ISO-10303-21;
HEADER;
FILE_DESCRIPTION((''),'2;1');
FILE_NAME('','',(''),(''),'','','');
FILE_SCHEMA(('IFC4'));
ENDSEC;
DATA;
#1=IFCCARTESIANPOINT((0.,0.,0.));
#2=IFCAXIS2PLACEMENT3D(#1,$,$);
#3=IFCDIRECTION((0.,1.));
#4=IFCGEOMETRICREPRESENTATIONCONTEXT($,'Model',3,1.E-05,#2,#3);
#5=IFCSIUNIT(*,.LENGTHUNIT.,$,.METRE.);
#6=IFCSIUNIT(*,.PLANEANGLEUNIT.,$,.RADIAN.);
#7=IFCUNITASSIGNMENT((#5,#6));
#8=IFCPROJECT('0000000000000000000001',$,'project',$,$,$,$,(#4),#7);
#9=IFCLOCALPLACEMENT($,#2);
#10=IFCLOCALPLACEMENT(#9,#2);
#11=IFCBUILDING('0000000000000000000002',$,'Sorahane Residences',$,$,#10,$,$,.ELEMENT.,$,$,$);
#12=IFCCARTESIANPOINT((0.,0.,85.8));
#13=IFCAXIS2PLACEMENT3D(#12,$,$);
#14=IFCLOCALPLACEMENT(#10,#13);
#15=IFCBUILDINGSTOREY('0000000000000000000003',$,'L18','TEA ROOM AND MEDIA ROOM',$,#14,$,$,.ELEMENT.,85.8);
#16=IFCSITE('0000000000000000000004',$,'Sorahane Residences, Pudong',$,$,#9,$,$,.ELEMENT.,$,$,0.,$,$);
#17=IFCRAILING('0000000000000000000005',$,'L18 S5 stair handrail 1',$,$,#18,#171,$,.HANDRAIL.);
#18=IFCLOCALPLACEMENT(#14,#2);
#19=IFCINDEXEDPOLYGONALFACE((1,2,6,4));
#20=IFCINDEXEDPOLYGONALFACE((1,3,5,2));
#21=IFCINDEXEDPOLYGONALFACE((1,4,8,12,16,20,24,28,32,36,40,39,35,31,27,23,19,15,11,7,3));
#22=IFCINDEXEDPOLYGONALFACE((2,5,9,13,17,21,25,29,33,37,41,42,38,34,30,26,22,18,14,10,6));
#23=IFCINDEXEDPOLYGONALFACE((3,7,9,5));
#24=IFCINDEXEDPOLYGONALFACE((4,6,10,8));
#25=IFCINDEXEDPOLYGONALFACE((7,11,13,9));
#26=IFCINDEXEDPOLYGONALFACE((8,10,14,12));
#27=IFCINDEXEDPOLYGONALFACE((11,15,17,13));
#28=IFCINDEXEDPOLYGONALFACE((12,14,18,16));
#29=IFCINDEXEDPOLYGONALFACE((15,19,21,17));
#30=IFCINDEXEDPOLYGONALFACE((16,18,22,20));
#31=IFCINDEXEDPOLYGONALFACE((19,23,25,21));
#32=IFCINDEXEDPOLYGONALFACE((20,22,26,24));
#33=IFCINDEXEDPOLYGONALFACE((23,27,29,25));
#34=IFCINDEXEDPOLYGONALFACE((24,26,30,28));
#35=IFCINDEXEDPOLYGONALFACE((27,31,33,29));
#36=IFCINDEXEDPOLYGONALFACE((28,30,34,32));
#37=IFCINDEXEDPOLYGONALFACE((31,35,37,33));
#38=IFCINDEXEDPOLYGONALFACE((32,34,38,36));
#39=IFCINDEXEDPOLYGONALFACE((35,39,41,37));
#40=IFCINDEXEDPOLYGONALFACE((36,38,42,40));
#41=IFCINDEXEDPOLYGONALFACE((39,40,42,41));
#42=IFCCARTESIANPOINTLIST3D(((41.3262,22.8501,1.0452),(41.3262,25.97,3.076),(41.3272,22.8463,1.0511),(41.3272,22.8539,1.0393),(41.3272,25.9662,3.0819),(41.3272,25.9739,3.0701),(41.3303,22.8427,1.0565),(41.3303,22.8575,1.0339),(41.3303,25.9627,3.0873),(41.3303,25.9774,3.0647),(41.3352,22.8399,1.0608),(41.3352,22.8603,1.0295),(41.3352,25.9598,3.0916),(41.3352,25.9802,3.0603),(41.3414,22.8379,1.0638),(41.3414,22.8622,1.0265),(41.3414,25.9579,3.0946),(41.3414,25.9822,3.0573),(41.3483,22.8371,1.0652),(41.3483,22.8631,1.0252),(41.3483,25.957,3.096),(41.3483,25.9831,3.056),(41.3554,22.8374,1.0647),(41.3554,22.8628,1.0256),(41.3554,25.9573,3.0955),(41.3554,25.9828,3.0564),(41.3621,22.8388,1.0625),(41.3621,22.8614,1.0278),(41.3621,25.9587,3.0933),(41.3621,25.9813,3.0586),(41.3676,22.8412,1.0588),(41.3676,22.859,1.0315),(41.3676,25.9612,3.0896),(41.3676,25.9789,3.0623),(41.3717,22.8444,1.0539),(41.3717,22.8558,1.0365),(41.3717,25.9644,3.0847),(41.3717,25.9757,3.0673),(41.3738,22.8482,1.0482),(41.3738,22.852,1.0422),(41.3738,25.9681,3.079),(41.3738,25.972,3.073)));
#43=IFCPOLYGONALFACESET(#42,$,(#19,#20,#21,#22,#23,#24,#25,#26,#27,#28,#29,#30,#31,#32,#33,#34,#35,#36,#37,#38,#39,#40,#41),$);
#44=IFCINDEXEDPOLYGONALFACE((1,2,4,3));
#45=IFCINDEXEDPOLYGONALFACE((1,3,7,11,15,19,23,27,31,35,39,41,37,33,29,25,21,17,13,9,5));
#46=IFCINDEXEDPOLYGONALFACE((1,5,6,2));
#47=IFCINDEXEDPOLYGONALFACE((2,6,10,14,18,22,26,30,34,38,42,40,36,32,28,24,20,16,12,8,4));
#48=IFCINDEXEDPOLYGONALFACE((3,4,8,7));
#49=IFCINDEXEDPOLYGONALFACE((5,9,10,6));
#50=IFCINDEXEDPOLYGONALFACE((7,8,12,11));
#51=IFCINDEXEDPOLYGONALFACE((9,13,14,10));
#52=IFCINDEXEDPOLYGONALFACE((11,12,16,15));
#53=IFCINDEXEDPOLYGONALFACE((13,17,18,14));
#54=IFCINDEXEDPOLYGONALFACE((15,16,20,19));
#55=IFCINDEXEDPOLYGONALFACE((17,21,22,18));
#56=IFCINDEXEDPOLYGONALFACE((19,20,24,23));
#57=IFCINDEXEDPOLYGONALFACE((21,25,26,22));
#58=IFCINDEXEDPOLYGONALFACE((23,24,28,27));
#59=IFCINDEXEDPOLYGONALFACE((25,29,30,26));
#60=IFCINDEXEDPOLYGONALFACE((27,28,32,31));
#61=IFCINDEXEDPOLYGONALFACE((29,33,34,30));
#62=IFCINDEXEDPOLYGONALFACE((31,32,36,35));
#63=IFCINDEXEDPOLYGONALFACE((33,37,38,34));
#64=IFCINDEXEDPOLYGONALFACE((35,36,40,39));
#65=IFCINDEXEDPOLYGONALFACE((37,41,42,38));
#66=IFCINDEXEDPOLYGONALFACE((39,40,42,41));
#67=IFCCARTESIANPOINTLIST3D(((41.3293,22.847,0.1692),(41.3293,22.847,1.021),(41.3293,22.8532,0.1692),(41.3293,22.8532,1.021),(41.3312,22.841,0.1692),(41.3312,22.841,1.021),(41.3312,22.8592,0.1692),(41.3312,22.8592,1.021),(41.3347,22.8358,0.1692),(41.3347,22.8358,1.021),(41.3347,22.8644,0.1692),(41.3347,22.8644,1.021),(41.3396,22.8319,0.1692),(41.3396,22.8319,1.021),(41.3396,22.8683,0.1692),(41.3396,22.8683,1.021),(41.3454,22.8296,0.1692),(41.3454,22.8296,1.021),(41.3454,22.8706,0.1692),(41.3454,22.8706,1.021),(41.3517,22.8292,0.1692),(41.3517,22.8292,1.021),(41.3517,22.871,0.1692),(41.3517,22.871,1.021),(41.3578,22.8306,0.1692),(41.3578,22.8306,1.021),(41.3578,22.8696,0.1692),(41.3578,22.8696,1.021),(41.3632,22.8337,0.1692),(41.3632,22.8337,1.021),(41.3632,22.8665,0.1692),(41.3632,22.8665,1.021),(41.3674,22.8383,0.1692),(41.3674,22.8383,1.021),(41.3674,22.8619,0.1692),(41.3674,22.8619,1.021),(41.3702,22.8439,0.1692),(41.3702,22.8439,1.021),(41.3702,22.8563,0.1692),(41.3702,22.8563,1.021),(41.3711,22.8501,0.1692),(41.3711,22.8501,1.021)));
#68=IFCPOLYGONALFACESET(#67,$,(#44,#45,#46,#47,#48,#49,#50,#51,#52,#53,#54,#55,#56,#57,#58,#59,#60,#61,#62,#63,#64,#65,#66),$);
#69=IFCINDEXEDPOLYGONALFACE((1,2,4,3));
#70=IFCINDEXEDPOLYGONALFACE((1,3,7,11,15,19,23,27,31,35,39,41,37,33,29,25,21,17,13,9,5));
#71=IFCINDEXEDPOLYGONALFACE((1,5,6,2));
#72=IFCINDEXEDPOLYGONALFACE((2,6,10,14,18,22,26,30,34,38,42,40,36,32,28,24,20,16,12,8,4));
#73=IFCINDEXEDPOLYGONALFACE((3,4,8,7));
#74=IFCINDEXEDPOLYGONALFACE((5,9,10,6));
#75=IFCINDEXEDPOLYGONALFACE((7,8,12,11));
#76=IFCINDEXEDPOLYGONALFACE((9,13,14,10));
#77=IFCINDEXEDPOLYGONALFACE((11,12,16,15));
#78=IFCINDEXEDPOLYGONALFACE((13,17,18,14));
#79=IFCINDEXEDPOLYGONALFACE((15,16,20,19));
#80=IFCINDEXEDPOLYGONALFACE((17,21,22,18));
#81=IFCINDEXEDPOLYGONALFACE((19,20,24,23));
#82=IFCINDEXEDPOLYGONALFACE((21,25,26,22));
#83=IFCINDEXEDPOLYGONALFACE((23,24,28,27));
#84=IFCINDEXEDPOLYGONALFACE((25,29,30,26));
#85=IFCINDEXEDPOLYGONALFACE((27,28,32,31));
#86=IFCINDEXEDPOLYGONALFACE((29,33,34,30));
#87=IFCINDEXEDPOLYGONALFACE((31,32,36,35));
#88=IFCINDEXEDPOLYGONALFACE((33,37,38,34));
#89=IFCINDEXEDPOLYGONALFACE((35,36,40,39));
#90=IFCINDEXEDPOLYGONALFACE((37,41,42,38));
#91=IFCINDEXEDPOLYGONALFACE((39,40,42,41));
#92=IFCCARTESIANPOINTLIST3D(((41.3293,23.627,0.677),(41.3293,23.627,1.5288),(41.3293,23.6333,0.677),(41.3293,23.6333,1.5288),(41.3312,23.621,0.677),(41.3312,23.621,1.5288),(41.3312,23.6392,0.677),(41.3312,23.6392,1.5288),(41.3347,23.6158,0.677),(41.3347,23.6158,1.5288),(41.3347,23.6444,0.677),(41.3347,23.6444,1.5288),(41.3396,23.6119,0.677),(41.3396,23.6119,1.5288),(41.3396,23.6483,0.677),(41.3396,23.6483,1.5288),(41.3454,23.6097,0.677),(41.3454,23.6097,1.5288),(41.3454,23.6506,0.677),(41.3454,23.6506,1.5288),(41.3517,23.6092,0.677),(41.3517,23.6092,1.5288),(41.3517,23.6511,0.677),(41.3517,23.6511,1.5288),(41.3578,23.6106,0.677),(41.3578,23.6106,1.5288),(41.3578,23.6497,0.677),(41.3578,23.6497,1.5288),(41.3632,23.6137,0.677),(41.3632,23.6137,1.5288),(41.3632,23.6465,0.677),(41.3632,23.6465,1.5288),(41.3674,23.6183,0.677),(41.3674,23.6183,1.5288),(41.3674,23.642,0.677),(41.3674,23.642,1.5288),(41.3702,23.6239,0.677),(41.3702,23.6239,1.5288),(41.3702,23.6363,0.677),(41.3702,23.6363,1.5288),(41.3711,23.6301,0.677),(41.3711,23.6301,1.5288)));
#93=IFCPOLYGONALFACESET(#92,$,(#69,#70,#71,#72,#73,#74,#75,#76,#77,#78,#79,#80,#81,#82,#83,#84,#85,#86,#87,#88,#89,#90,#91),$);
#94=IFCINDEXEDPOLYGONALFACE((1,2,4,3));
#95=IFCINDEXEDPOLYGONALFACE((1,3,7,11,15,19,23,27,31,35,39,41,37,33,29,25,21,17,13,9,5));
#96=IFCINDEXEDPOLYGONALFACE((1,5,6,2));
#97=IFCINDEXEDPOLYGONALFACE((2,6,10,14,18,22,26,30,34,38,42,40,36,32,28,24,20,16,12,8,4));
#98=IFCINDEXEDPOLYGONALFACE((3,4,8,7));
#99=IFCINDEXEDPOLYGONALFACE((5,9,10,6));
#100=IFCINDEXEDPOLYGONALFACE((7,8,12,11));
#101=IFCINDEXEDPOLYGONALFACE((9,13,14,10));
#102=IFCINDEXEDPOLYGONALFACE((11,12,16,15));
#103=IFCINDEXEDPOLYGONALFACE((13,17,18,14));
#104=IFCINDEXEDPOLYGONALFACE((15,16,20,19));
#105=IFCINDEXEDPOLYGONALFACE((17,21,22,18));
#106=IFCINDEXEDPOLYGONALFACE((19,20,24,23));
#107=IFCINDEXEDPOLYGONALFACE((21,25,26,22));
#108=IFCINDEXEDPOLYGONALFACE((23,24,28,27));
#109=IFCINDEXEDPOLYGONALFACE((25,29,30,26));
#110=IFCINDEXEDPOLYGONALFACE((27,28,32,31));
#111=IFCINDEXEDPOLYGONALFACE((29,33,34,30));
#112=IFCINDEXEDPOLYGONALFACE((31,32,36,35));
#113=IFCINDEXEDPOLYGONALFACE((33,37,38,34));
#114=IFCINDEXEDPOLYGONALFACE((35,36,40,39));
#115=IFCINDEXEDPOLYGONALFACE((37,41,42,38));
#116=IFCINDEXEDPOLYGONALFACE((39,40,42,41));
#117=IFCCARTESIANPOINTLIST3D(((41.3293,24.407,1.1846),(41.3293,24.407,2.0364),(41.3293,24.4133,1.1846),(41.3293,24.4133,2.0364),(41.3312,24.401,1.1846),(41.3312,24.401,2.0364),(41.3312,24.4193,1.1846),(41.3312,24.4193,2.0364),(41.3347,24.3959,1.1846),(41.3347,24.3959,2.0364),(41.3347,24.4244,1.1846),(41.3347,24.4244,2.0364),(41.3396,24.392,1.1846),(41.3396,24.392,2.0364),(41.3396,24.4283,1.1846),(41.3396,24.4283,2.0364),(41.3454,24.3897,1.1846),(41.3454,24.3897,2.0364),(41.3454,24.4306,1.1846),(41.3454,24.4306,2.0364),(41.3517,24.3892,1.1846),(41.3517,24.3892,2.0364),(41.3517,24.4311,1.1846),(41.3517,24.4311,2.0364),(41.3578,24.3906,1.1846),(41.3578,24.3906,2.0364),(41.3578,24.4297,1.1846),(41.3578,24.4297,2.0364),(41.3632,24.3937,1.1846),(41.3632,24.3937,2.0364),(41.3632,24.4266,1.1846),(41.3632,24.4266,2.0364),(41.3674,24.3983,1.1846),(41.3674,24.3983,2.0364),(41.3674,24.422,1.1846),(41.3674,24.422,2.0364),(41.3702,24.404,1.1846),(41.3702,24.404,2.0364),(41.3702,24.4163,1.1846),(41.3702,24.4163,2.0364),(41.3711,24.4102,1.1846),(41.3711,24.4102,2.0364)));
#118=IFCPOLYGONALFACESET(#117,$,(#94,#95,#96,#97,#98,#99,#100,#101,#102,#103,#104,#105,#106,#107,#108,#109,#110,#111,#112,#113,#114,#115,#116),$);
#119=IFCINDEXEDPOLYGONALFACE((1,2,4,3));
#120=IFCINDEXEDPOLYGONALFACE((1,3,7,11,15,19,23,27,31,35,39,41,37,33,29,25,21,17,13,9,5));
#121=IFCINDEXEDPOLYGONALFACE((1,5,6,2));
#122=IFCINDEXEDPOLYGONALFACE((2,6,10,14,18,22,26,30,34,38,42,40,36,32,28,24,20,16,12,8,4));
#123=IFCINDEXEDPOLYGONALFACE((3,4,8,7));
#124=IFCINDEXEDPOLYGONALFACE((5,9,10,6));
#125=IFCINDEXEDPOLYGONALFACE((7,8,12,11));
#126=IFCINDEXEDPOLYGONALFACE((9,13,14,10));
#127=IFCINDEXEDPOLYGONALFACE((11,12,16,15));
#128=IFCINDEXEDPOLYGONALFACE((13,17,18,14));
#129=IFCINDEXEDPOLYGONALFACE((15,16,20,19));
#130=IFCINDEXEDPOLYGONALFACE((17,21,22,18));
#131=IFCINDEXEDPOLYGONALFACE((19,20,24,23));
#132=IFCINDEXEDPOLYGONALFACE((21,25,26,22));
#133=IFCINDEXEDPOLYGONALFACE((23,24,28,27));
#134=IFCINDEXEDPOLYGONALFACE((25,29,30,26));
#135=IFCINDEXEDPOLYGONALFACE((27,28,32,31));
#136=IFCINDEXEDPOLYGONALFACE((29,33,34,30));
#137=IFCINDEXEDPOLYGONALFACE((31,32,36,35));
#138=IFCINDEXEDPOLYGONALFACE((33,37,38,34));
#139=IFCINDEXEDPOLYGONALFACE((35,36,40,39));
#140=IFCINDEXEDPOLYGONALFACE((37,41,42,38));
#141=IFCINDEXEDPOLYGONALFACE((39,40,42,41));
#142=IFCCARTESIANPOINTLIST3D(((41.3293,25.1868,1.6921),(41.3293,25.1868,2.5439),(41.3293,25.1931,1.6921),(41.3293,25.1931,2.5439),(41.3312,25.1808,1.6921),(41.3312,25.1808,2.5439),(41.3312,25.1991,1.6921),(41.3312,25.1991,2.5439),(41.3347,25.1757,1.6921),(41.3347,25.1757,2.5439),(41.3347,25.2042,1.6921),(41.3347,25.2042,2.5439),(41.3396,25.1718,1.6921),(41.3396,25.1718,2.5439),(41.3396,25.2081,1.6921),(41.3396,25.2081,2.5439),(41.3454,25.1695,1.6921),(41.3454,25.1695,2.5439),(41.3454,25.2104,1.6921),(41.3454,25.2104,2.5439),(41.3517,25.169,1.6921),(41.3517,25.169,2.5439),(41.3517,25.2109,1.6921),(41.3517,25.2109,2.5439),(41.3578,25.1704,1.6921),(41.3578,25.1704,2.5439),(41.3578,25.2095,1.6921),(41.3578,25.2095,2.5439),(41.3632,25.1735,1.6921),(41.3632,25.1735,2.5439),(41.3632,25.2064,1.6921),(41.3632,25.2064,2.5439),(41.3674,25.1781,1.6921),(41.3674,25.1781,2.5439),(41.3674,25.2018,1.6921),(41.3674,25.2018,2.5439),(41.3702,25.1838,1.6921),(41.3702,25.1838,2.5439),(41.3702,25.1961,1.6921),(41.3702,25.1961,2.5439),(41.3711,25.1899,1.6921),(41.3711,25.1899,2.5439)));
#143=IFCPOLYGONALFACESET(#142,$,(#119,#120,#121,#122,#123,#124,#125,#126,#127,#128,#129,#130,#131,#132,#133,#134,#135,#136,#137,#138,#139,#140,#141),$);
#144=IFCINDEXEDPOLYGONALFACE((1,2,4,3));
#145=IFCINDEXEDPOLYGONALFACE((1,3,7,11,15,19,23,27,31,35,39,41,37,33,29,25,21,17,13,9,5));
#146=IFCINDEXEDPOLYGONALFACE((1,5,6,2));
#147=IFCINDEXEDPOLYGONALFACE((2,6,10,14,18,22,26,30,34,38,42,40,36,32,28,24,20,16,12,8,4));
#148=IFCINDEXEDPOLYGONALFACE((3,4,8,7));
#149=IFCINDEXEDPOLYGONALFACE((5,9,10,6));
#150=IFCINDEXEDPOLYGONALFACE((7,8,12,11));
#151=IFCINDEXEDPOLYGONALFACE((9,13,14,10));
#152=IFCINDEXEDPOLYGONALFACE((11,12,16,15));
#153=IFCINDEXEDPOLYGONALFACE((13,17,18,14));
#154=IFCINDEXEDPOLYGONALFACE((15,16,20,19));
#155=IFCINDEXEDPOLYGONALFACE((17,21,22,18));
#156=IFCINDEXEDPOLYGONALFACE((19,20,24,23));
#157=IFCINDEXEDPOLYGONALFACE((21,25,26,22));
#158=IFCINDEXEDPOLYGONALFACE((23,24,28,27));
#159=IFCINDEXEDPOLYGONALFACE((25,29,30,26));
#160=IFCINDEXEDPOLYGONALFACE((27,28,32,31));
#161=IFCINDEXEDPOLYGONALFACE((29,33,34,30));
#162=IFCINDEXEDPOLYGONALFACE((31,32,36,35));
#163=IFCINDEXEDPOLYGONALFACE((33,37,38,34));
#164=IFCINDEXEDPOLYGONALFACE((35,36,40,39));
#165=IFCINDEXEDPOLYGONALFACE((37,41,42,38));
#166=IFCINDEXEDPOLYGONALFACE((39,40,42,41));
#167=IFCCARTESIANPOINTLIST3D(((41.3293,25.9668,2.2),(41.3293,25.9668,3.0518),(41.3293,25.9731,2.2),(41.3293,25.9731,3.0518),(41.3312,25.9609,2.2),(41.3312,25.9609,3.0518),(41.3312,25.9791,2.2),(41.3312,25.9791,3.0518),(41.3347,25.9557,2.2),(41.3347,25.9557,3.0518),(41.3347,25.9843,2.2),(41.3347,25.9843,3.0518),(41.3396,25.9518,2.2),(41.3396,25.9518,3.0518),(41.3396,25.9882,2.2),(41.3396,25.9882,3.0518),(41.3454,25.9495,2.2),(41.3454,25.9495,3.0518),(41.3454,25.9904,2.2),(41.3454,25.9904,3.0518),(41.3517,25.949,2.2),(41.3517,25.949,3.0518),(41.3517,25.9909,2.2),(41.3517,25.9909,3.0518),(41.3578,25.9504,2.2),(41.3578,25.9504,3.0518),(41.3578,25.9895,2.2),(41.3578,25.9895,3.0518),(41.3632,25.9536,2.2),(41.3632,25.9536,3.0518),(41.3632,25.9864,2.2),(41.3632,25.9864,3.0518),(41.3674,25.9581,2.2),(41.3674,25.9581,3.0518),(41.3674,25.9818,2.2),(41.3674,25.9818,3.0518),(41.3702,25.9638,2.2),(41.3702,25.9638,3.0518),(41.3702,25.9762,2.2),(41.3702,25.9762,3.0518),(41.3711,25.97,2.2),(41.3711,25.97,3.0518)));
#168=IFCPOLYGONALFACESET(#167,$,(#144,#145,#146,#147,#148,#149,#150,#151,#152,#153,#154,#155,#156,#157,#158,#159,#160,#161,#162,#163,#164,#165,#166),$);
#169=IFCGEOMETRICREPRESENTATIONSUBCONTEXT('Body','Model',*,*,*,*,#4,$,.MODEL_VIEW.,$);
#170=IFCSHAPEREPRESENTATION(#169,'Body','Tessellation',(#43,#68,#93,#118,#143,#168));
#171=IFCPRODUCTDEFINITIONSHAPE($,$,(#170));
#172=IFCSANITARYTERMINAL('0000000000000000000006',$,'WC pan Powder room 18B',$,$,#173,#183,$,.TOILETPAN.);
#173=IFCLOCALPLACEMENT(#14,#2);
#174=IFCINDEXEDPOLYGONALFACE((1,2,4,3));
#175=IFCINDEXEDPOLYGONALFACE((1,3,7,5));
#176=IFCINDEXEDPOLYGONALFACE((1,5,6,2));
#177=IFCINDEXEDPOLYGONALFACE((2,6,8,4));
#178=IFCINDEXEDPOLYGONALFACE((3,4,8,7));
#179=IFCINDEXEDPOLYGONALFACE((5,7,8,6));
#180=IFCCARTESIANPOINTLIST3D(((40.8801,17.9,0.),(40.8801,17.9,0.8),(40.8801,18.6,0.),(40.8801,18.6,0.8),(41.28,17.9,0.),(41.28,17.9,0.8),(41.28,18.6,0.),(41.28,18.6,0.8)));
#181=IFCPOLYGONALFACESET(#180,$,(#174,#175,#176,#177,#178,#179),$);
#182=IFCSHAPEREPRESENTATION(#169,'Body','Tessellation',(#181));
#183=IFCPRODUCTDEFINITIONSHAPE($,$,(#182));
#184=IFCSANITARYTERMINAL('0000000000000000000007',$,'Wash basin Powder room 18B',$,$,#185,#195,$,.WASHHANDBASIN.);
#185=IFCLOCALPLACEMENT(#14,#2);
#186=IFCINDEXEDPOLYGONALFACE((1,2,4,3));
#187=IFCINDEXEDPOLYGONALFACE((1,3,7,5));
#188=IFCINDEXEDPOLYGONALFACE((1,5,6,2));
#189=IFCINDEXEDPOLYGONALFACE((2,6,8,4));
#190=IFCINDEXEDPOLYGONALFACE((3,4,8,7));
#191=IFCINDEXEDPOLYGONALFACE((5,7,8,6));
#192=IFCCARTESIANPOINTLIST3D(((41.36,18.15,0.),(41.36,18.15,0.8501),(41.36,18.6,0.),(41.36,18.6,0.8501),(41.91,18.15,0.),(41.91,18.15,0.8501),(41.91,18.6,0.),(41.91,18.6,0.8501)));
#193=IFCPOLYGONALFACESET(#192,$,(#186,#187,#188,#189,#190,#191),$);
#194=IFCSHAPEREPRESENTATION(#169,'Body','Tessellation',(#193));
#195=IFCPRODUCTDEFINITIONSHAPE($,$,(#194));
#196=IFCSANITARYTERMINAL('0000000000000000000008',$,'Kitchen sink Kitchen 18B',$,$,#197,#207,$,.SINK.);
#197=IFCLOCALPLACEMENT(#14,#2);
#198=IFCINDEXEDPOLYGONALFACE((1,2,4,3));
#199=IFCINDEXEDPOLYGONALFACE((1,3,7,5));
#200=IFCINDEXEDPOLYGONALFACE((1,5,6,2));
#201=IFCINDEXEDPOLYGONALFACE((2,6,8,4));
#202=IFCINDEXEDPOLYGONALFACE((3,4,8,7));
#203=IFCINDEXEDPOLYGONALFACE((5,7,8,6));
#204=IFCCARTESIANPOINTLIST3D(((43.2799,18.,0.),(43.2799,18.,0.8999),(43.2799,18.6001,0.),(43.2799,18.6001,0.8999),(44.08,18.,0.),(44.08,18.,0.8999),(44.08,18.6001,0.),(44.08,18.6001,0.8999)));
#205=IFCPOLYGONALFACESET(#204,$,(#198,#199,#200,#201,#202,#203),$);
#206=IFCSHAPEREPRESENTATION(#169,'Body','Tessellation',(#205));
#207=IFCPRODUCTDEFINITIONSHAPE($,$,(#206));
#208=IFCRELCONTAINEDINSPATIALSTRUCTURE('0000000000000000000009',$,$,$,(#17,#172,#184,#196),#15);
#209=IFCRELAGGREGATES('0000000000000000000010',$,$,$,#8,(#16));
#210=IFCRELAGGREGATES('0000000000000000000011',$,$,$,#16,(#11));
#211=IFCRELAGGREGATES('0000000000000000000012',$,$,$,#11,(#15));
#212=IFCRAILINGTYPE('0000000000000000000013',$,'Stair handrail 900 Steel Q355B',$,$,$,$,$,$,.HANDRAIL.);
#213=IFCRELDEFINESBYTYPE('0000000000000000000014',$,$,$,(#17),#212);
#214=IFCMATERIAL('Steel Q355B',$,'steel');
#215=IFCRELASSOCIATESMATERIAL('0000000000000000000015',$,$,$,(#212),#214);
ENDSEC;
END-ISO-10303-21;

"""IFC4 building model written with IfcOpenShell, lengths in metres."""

from ifc_helpers import new_model, si_unit, direction, frame, origin, origin_2d, place, context, subcontext, project, spatial, rectangle, circle, extrude, material, type_object, element, save


model = new_model("IFC4")

# Units and contexts
model_context = context("Model", 3, precision=1e-05, world=origin(), true_north=direction((0.0, 1.0)))
body_context = subcontext(model_context, "Body", "Model", "MODEL_VIEW")
ifc_project = project(units=[si_unit("LENGTHUNIT", "METRE"), si_unit("PLANEANGLEUNIT", "RADIAN")], contexts=[model_context])

# Site, building, storey
site_placement = place(None, origin())
site = spatial("IfcSite", under=ifc_project, at=site_placement, Name="Sorahane Residences, Pudong", CompositionType="ELEMENT", RefElevation=0.0)
building_placement = place(site_placement, origin())
building = spatial("IfcBuilding", under=site, at=building_placement, Name="Sorahane Residences", CompositionType="ELEMENT")
storey_placement = place(building_placement, frame((0.0, 0.0, 85.8)))
storey = spatial("IfcBuildingStorey", under=building, at=storey_placement, Name="L18", Description="TEA ROOM AND MEDIA ROOM", CompositionType="ELEMENT", Elevation=85.8)

# Railing
ifc_material_1 = material(Name="Steel Q355B", Category="steel")
railing_type_1 = type_object("IfcRailingType", Name="Stair handrail 900 Steel Q355B", PredefinedType="HANDRAIL", material=ifc_material_1)
railing_1_placement = place(storey_placement, frame((41.3501, 22.8501, 0.1692)))
element("IfcRailing", 1, at=railing_1_placement, inside=storey, type_object=railing_type_1, Name="L18 S5 stair handrail 1", PredefinedType="HANDRAIL", context=body_context, shape_type="SweptSolid", body=[
    extrude(circle(Radius=0.0239, at=origin_2d()), frame((0.0, 0.0, 0.876), z_axis=(0.0, 0.838094, 0.545525), x_axis=(-1.0, 0.0, 0.0)), (0.0, 0.0, 1.0), 3.7227),
    extrude(circle(Radius=0.021, at=origin_2d()), origin(), (0.0, 0.0, 1.0), 0.8518),
    extrude(circle(Radius=0.021, at=origin_2d()), frame((0.0, 0.78, 0.5078)), (0.0, 0.0, 1.0), 0.8518),
    extrude(circle(Radius=0.021, at=origin_2d()), frame((0.0, 1.5601, 1.0154)), (0.0, 0.0, 1.0), 0.8518),
    extrude(circle(Radius=0.021, at=origin_2d()), frame((0.0, 2.3398, 1.5229)), (0.0, 0.0, 1.0), 0.8518),
    extrude(circle(Radius=0.021, at=origin_2d()), frame((0.0, 3.1199, 2.0308)), (0.0, 0.0, 1.0), 0.8518),
])

# Sanitary terminals
sanitary_terminal_1_placement = place(storey_placement, frame((41.0801, 18.25, 0.0), z_axis=(0.0, 0.0, 1.0), x_axis=(1.0, 0.0, 0.0)))
element("IfcSanitaryTerminal", 2, at=sanitary_terminal_1_placement, inside=storey, Name="WC pan Powder room 18B", PredefinedType="TOILETPAN", context=body_context, shape_type="SweptSolid", body=[
    extrude(rectangle(XDim=0.3999, YDim=0.7, at=origin_2d()), origin(), (0.0, 0.0, 1.0), 0.8),
])
sanitary_terminal_2_placement = place(storey_placement, frame((41.635, 18.375, 0.0), z_axis=(0.0, 0.0, 1.0), x_axis=(1.0, 0.0, 0.0)))
element("IfcSanitaryTerminal", 3, at=sanitary_terminal_2_placement, inside=storey, Name="Wash basin Powder room 18B", PredefinedType="WASHHANDBASIN", context=body_context, shape_type="SweptSolid", body=[
    extrude(rectangle(XDim=0.55, YDim=0.45, at=origin_2d()), origin(), (0.0, 0.0, 1.0), 0.8501),
])
sanitary_terminal_3_placement = place(storey_placement, frame((43.6799, 18.3, 0.0), z_axis=(0.0, 0.0, 1.0), x_axis=(1.0, 0.0, 0.0)))
element("IfcSanitaryTerminal", 4, at=sanitary_terminal_3_placement, inside=storey, Name="Kitchen sink Kitchen 18B", PredefinedType="SINK", context=body_context, shape_type="SweptSolid", body=[
    extrude(rectangle(XDim=0.8, YDim=0.6001, at=origin_2d()), origin(), (0.0, 0.0, 1.0), 0.8999),
])

save(model, "model.ifc")
